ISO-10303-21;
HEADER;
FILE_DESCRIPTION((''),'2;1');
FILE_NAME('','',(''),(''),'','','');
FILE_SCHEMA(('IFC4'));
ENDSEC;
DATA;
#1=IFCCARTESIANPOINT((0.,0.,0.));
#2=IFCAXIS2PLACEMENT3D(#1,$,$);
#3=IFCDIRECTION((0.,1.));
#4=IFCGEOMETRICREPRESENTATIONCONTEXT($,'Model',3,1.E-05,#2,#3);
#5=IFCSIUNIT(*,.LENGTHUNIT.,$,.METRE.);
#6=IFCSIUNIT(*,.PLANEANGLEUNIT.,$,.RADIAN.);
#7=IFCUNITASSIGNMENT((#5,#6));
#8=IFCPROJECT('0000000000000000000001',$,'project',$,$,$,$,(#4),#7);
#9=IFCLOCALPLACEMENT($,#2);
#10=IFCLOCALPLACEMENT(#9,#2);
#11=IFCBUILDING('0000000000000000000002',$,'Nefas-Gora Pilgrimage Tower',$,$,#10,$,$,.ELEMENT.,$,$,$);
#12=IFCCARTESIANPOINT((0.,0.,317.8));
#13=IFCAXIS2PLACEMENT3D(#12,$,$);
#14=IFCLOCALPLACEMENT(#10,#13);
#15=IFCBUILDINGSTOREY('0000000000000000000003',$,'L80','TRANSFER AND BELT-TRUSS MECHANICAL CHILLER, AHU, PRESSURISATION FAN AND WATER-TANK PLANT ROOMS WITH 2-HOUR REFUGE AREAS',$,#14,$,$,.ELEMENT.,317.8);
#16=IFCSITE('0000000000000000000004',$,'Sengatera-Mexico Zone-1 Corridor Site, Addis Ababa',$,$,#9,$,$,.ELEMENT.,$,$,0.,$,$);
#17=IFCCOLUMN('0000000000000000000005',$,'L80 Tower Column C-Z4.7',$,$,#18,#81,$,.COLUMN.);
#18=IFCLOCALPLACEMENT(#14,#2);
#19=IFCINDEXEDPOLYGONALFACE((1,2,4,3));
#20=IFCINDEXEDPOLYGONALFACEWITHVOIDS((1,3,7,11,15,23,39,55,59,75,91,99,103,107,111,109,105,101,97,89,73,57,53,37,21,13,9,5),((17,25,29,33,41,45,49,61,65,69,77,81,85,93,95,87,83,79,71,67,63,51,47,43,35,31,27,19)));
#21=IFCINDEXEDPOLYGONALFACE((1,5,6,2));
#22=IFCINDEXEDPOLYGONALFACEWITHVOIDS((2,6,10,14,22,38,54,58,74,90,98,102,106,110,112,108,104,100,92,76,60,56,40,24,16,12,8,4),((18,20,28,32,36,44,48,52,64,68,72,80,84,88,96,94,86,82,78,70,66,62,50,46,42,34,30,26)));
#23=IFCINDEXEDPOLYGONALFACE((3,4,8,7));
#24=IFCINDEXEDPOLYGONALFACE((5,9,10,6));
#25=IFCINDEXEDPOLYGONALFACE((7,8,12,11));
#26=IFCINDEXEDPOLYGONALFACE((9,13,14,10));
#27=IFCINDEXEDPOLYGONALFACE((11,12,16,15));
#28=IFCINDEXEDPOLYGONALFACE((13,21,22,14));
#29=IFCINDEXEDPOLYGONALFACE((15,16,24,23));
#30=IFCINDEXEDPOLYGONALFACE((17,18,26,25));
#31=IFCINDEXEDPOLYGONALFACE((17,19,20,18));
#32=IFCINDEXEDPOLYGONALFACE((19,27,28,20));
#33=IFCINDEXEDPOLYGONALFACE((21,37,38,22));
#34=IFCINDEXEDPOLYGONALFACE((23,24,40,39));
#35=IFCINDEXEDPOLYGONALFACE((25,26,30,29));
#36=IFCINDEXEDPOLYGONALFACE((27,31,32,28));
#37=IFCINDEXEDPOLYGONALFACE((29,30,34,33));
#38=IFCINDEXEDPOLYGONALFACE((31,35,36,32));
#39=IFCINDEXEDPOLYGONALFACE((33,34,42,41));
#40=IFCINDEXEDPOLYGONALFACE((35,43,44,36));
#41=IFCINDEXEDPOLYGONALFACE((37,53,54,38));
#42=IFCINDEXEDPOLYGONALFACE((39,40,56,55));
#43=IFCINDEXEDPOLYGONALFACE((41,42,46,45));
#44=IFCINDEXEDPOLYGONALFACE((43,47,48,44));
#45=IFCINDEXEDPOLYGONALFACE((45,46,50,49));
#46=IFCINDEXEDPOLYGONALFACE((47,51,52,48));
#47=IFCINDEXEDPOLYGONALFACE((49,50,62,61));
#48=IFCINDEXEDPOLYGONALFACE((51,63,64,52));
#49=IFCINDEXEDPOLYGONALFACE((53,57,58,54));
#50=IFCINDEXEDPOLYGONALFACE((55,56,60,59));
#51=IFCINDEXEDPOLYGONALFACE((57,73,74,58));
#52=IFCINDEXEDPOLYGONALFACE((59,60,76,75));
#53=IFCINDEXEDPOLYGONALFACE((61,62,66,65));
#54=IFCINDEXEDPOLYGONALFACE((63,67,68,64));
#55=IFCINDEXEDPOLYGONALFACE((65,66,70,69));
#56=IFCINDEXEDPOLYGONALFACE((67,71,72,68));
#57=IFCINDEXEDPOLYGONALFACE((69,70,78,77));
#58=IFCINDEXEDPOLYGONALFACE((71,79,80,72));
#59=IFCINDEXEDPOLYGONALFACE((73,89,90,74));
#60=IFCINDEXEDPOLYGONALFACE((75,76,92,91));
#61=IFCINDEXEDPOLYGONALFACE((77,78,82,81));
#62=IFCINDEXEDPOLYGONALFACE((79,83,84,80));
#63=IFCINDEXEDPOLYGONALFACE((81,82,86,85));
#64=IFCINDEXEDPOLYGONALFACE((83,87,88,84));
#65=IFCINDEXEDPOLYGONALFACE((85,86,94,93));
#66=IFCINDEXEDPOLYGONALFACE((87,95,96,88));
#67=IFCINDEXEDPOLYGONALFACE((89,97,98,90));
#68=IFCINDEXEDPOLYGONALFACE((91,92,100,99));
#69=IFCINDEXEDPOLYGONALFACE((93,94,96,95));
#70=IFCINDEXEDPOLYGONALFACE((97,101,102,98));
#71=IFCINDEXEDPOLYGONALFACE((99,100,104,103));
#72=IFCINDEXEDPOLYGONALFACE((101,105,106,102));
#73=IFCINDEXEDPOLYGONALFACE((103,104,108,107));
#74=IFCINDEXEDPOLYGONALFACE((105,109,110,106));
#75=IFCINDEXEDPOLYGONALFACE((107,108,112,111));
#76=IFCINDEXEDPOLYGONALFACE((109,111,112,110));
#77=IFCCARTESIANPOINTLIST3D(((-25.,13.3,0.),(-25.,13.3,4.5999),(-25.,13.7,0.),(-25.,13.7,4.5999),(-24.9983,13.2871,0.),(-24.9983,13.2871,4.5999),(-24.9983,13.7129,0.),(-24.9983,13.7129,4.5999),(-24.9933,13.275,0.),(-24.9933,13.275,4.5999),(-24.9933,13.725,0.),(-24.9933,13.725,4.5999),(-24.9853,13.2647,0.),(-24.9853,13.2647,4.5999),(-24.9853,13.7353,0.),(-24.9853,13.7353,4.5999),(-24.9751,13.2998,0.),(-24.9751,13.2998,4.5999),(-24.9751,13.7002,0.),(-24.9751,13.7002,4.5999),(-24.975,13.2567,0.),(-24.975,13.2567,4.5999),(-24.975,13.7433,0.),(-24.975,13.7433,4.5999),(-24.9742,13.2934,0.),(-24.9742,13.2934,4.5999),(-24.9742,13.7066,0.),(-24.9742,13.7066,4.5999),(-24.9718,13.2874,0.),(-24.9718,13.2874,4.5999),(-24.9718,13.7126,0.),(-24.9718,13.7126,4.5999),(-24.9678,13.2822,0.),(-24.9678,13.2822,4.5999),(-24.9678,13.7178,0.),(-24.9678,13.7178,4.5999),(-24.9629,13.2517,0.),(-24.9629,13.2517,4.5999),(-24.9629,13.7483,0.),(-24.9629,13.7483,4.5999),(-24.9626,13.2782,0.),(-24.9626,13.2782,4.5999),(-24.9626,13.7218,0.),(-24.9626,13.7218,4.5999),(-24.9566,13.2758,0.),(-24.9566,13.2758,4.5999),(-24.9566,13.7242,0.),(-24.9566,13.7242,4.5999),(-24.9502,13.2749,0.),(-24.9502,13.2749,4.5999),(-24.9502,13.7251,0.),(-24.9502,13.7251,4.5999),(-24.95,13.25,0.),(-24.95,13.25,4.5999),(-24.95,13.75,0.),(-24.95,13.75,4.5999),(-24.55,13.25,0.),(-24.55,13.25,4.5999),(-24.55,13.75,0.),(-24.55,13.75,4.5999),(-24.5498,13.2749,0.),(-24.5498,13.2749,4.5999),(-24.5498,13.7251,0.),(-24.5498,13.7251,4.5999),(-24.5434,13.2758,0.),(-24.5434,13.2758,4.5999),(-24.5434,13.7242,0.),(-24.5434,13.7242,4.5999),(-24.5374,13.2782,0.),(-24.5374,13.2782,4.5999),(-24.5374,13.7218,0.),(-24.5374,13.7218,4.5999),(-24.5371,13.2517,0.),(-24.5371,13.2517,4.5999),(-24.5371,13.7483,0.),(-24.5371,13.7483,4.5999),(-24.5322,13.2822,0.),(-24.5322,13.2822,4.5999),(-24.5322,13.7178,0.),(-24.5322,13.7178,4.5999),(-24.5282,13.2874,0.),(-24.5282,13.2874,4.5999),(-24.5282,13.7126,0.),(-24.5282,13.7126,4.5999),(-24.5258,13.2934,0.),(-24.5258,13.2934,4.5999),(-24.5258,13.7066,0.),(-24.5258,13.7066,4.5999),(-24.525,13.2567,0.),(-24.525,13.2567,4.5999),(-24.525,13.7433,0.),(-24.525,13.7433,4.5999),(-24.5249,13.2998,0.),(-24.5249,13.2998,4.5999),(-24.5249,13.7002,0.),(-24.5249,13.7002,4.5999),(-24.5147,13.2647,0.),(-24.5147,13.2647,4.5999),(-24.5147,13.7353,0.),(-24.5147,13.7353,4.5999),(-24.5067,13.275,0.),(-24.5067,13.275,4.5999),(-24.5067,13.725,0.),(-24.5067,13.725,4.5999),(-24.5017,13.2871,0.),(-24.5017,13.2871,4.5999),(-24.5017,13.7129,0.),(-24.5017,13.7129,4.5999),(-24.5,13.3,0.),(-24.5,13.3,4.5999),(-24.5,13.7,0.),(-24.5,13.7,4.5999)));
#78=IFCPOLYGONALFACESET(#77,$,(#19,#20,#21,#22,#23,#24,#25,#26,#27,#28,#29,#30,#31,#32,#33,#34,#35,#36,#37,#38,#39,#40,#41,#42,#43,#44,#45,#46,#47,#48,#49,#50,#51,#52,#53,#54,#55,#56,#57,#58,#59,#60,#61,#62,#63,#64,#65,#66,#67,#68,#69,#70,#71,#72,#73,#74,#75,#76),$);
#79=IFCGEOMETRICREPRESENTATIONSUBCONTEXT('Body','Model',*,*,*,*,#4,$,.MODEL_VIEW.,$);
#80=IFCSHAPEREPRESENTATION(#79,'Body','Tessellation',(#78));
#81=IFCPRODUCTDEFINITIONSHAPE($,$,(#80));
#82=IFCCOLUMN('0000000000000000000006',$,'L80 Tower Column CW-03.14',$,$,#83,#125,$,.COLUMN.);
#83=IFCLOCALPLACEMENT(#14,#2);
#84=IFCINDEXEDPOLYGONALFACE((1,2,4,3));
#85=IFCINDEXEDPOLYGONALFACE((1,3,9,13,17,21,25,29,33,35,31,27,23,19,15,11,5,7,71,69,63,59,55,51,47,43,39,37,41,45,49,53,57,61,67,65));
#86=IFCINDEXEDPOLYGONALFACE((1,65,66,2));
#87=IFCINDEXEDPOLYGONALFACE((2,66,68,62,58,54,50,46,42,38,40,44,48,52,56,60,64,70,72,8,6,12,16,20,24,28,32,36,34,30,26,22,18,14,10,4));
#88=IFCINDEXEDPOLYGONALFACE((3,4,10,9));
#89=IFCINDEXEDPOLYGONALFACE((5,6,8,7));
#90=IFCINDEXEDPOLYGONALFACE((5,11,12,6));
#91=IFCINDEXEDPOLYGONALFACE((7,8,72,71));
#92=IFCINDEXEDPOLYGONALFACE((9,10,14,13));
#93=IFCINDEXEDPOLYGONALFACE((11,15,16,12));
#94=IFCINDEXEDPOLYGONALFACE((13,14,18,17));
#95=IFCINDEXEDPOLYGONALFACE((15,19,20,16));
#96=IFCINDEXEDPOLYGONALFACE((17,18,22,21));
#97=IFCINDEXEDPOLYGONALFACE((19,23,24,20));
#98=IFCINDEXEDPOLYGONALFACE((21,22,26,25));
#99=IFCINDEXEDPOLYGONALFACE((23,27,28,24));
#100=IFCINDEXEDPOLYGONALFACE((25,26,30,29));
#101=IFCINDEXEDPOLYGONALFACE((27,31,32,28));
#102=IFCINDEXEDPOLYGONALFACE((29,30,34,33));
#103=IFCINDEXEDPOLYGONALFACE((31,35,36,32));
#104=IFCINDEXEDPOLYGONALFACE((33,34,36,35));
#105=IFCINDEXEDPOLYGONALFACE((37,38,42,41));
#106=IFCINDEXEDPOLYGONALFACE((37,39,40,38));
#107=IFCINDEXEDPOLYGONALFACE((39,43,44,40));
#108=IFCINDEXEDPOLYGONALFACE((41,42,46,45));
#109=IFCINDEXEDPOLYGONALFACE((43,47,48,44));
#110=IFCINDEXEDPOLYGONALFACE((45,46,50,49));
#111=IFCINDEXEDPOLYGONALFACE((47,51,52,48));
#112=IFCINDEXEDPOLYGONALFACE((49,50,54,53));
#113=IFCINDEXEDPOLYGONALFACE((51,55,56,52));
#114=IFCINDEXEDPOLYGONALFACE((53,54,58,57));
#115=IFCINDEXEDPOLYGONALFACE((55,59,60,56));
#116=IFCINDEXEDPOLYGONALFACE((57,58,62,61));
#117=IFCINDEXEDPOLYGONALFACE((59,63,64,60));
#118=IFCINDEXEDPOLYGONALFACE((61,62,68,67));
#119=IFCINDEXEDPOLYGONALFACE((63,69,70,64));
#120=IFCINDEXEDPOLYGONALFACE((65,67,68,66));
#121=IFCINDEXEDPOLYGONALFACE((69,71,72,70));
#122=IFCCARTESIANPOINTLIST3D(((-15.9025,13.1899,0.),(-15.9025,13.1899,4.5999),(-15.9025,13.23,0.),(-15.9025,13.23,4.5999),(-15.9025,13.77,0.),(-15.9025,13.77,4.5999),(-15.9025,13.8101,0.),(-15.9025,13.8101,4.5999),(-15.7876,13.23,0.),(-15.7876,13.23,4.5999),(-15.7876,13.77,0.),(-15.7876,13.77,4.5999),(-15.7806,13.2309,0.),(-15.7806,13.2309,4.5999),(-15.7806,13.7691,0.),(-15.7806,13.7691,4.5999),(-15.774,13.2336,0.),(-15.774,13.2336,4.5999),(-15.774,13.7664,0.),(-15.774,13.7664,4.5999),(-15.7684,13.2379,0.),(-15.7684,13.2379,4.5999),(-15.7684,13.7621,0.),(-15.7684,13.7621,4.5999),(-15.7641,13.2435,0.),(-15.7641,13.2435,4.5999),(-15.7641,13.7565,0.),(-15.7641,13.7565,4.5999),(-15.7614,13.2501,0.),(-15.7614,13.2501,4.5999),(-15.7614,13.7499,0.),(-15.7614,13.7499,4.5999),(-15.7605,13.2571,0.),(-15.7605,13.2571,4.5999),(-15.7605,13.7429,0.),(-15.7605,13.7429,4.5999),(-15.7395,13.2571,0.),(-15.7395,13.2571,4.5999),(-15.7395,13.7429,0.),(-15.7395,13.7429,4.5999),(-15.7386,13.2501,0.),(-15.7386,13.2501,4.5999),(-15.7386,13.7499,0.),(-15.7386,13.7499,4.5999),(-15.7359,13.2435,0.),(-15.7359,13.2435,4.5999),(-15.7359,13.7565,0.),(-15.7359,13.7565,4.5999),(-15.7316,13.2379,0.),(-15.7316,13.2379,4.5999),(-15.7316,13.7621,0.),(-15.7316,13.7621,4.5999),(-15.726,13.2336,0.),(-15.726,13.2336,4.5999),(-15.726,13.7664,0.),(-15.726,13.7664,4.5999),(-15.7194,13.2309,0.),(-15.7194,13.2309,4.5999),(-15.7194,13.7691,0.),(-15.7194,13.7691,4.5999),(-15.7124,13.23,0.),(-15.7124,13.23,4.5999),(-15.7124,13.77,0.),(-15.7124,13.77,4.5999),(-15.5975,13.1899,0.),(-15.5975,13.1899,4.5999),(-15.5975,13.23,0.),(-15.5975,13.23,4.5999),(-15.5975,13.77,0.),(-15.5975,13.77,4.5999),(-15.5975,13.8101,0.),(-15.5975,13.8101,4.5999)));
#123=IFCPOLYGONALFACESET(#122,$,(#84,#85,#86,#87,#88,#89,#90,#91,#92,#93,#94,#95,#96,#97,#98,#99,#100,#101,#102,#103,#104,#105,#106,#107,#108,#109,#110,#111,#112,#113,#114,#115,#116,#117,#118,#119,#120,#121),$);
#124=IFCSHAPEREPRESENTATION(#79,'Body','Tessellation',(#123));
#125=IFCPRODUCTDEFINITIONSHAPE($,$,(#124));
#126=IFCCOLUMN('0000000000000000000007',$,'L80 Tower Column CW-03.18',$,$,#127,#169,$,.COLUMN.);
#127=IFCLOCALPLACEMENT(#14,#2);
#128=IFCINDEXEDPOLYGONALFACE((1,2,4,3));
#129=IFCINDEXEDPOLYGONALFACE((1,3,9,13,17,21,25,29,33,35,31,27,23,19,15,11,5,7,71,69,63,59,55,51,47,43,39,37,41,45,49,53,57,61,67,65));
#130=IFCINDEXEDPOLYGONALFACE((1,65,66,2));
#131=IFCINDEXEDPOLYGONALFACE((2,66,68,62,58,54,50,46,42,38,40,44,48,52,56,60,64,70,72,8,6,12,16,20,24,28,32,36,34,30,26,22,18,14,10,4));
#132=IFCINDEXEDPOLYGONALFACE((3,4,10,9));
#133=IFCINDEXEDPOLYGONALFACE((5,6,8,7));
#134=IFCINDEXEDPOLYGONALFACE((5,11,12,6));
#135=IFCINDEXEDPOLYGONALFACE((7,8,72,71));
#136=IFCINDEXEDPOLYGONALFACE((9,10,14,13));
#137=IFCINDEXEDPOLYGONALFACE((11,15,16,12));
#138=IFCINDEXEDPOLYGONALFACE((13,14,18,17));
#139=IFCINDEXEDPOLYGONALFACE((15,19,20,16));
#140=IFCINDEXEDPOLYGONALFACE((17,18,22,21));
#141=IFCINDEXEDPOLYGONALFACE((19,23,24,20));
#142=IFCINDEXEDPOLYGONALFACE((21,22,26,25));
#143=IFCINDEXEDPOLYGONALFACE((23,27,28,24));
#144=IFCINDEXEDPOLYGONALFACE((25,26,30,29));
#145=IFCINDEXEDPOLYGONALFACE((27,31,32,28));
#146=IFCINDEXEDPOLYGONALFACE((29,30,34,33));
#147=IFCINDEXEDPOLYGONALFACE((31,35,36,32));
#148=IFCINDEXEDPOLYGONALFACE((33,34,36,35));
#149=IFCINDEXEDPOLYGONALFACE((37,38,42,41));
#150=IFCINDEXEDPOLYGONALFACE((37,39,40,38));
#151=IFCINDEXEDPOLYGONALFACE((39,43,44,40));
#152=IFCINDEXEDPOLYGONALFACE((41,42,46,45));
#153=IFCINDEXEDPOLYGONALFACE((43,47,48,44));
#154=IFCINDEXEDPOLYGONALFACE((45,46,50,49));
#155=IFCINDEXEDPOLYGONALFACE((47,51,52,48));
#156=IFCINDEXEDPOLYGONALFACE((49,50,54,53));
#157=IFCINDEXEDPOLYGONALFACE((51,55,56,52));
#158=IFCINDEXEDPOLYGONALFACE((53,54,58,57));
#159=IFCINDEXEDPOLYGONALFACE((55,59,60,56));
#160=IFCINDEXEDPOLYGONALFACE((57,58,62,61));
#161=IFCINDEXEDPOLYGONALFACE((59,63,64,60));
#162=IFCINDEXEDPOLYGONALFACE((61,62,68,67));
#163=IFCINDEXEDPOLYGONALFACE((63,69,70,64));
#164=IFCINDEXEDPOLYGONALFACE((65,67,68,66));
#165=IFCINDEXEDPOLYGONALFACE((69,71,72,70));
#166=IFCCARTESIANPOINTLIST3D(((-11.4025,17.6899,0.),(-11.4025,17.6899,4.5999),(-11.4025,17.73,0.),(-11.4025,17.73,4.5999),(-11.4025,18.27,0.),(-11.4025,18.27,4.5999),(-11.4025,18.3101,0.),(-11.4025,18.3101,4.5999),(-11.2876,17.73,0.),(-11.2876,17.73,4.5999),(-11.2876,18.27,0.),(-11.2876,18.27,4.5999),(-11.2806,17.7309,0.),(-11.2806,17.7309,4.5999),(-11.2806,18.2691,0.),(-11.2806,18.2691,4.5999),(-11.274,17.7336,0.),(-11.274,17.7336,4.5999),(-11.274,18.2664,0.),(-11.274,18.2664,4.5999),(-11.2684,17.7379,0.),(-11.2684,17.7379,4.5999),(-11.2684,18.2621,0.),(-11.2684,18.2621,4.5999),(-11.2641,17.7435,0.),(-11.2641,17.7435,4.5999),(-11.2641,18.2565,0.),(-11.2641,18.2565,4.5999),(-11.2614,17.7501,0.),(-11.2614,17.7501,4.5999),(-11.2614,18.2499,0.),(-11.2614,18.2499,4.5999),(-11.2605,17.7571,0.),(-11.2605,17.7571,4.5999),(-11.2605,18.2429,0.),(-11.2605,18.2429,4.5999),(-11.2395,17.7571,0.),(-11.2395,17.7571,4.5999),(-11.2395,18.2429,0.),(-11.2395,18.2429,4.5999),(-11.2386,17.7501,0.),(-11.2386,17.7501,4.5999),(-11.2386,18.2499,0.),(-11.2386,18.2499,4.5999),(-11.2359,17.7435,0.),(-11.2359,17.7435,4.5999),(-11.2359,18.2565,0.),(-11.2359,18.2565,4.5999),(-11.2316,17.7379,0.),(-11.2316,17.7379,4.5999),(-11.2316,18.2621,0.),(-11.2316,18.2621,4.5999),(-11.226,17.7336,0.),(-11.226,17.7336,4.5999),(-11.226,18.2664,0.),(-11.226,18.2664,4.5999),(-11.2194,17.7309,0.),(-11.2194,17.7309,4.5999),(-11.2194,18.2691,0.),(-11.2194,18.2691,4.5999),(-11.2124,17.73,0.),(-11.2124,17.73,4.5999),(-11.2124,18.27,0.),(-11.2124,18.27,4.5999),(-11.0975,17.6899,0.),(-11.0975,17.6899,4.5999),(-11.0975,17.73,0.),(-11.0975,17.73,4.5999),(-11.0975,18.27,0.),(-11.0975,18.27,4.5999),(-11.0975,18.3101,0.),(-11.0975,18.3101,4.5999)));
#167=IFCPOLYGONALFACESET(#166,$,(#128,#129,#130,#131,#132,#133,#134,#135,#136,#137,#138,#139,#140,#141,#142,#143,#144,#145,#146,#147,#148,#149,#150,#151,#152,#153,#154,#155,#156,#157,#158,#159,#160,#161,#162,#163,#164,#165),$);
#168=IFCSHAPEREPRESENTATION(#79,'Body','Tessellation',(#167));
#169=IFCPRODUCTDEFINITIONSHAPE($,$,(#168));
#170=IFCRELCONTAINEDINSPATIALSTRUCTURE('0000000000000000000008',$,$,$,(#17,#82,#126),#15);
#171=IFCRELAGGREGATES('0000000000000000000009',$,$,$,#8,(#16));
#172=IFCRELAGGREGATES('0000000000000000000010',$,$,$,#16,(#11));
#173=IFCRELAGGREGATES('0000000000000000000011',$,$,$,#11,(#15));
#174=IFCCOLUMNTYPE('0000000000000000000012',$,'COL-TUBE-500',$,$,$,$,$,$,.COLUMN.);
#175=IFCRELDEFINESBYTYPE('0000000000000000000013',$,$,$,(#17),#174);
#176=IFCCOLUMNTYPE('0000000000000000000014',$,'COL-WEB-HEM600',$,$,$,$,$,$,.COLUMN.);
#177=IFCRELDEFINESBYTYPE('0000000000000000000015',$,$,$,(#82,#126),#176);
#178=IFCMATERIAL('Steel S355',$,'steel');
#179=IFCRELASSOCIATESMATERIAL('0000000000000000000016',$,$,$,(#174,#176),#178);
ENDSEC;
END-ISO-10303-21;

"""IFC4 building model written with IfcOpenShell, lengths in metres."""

from ifc_helpers import new_model, si_unit, direction, frame, origin, origin_2d, place, context, subcontext, project, spatial, hollow_rectangle, i_section, extrude, source, transform, mapped, material, material_profile, profile_set, type_object, element, save


model = new_model("IFC4")

# Units and contexts
model_context = context("Model", 3, precision=1e-05, world=origin(), true_north=direction((0.0, 1.0)))
body_context = subcontext(model_context, "Body", "Model", "MODEL_VIEW")
ifc_project = project(units=[si_unit("LENGTHUNIT", "METRE"), si_unit("PLANEANGLEUNIT", "RADIAN")], contexts=[model_context])

# Site, building, storey
site_placement = place(None, origin())
site = spatial("IfcSite", under=ifc_project, at=site_placement, Name="Sengatera-Mexico Zone-1 Corridor Site, Addis Ababa", CompositionType="ELEMENT", RefElevation=0.0)
building_placement = place(site_placement, origin())
building = spatial("IfcBuilding", under=site, at=building_placement, Name="Nefas-Gora Pilgrimage Tower", CompositionType="ELEMENT")
storey_placement = place(building_placement, frame((0.0, 0.0, 317.8)))
storey = spatial("IfcBuildingStorey", under=building, at=storey_placement, Name="L80", Description="TRANSFER AND BELT-TRUSS MECHANICAL CHILLER, AHU, PRESSURISATION FAN AND WATER-TANK PLANT ROOMS WITH 2-HOUR REFUGE AREAS", CompositionType="ELEMENT", Elevation=317.8)

# Columns
ifc_material_1 = material(Name="Steel S355", Category="steel")
ifc_material_profile_1 = material_profile(ifc_material_1, hollow_rectangle(XDim=0.5, YDim=0.5, WallThickness=0.0249, InnerFilletRadius=0.0249, OuterFilletRadius=0.05, at=origin_2d()), Name="SHS 500x500x25")
ifc_profile_set_1 = profile_set([ifc_material_profile_1], Name="Steel S355")
column_type_1 = type_object("IfcColumnType", Name="COL-TUBE-500", PredefinedType="COLUMN", material=ifc_profile_set_1)
shared_shape_1 = source(origin(), body_context, "Body", "SweptSolid", [
    extrude(hollow_rectangle(XDim=0.5, YDim=0.5, WallThickness=0.0249, InnerFilletRadius=0.0249, OuterFilletRadius=0.05, at=origin_2d()), origin(), (0.0, 0.0, 1.0), 4.5999),
])
column_placement = place(storey_placement, frame((-24.75, 13.5, 0.0), z_axis=(0.0, 0.0, 1.0), x_axis=(1.0, 0.0, 0.0)))
element("IfcColumn", 1, at=column_placement, inside=storey, type_object=column_type_1, Name="L80 Tower Column C-Z4.7", PredefinedType="COLUMN", context=body_context, shape_type="MappedRepresentation", body=[
    mapped(shared_shape_1, transform((0.0, 0.0, 0.0), x_axis=(1.0, 0.0, 0.0), y_axis=(0.0, 1.0, 0.0), z_axis=(0.0, 0.0, 1.0), scale=1.0)),
])
ifc_material_profile_2 = material_profile(ifc_material_1, i_section(OverallWidth=0.3049, OverallDepth=0.6201, WebThickness=0.021, FlangeThickness=0.04, FilletRadius=0.0271, at=origin_2d()), Name="HEM 600")
ifc_profile_set_2 = profile_set([ifc_material_profile_2], Name="Steel S355")
column_type_2 = type_object("IfcColumnType", Name="COL-WEB-HEM600", PredefinedType="COLUMN", material=ifc_profile_set_2)
shared_shape_2 = source(origin(), body_context, "Body", "SweptSolid", [
    extrude(i_section(OverallWidth=0.3049, OverallDepth=0.6201, WebThickness=0.021, FlangeThickness=0.04, FilletRadius=0.0271, at=origin_2d()), origin(), (0.0, 0.0, 1.0), 4.5999),
])
for number, where, z_axis, x_axis, name in (
    (2, (-15.75, 13.5, 0.0), (0.0, 0.0, 1.0), (1.0, 0.0, 0.0), "L80 Tower Column CW-03.14"),
    (3, (-11.25, 18.0, 0.0), (0.0, 0.0, 1.0), (1.0, 0.0, 0.0), "L80 Tower Column CW-03.18"),
):
    element("IfcColumn", number, at=place(storey_placement, frame(where, z_axis=z_axis, x_axis=x_axis)), inside=storey, type_object=column_type_2, Name=name, PredefinedType="COLUMN", context=body_context, shape_type="MappedRepresentation", body=[
        mapped(shared_shape_2, transform((0.0, 0.0, 0.0), x_axis=(1.0, 0.0, 0.0), y_axis=(0.0, 1.0, 0.0), z_axis=(0.0, 0.0, 1.0), scale=1.0)),
    ])

save(model, "model.ifc")
